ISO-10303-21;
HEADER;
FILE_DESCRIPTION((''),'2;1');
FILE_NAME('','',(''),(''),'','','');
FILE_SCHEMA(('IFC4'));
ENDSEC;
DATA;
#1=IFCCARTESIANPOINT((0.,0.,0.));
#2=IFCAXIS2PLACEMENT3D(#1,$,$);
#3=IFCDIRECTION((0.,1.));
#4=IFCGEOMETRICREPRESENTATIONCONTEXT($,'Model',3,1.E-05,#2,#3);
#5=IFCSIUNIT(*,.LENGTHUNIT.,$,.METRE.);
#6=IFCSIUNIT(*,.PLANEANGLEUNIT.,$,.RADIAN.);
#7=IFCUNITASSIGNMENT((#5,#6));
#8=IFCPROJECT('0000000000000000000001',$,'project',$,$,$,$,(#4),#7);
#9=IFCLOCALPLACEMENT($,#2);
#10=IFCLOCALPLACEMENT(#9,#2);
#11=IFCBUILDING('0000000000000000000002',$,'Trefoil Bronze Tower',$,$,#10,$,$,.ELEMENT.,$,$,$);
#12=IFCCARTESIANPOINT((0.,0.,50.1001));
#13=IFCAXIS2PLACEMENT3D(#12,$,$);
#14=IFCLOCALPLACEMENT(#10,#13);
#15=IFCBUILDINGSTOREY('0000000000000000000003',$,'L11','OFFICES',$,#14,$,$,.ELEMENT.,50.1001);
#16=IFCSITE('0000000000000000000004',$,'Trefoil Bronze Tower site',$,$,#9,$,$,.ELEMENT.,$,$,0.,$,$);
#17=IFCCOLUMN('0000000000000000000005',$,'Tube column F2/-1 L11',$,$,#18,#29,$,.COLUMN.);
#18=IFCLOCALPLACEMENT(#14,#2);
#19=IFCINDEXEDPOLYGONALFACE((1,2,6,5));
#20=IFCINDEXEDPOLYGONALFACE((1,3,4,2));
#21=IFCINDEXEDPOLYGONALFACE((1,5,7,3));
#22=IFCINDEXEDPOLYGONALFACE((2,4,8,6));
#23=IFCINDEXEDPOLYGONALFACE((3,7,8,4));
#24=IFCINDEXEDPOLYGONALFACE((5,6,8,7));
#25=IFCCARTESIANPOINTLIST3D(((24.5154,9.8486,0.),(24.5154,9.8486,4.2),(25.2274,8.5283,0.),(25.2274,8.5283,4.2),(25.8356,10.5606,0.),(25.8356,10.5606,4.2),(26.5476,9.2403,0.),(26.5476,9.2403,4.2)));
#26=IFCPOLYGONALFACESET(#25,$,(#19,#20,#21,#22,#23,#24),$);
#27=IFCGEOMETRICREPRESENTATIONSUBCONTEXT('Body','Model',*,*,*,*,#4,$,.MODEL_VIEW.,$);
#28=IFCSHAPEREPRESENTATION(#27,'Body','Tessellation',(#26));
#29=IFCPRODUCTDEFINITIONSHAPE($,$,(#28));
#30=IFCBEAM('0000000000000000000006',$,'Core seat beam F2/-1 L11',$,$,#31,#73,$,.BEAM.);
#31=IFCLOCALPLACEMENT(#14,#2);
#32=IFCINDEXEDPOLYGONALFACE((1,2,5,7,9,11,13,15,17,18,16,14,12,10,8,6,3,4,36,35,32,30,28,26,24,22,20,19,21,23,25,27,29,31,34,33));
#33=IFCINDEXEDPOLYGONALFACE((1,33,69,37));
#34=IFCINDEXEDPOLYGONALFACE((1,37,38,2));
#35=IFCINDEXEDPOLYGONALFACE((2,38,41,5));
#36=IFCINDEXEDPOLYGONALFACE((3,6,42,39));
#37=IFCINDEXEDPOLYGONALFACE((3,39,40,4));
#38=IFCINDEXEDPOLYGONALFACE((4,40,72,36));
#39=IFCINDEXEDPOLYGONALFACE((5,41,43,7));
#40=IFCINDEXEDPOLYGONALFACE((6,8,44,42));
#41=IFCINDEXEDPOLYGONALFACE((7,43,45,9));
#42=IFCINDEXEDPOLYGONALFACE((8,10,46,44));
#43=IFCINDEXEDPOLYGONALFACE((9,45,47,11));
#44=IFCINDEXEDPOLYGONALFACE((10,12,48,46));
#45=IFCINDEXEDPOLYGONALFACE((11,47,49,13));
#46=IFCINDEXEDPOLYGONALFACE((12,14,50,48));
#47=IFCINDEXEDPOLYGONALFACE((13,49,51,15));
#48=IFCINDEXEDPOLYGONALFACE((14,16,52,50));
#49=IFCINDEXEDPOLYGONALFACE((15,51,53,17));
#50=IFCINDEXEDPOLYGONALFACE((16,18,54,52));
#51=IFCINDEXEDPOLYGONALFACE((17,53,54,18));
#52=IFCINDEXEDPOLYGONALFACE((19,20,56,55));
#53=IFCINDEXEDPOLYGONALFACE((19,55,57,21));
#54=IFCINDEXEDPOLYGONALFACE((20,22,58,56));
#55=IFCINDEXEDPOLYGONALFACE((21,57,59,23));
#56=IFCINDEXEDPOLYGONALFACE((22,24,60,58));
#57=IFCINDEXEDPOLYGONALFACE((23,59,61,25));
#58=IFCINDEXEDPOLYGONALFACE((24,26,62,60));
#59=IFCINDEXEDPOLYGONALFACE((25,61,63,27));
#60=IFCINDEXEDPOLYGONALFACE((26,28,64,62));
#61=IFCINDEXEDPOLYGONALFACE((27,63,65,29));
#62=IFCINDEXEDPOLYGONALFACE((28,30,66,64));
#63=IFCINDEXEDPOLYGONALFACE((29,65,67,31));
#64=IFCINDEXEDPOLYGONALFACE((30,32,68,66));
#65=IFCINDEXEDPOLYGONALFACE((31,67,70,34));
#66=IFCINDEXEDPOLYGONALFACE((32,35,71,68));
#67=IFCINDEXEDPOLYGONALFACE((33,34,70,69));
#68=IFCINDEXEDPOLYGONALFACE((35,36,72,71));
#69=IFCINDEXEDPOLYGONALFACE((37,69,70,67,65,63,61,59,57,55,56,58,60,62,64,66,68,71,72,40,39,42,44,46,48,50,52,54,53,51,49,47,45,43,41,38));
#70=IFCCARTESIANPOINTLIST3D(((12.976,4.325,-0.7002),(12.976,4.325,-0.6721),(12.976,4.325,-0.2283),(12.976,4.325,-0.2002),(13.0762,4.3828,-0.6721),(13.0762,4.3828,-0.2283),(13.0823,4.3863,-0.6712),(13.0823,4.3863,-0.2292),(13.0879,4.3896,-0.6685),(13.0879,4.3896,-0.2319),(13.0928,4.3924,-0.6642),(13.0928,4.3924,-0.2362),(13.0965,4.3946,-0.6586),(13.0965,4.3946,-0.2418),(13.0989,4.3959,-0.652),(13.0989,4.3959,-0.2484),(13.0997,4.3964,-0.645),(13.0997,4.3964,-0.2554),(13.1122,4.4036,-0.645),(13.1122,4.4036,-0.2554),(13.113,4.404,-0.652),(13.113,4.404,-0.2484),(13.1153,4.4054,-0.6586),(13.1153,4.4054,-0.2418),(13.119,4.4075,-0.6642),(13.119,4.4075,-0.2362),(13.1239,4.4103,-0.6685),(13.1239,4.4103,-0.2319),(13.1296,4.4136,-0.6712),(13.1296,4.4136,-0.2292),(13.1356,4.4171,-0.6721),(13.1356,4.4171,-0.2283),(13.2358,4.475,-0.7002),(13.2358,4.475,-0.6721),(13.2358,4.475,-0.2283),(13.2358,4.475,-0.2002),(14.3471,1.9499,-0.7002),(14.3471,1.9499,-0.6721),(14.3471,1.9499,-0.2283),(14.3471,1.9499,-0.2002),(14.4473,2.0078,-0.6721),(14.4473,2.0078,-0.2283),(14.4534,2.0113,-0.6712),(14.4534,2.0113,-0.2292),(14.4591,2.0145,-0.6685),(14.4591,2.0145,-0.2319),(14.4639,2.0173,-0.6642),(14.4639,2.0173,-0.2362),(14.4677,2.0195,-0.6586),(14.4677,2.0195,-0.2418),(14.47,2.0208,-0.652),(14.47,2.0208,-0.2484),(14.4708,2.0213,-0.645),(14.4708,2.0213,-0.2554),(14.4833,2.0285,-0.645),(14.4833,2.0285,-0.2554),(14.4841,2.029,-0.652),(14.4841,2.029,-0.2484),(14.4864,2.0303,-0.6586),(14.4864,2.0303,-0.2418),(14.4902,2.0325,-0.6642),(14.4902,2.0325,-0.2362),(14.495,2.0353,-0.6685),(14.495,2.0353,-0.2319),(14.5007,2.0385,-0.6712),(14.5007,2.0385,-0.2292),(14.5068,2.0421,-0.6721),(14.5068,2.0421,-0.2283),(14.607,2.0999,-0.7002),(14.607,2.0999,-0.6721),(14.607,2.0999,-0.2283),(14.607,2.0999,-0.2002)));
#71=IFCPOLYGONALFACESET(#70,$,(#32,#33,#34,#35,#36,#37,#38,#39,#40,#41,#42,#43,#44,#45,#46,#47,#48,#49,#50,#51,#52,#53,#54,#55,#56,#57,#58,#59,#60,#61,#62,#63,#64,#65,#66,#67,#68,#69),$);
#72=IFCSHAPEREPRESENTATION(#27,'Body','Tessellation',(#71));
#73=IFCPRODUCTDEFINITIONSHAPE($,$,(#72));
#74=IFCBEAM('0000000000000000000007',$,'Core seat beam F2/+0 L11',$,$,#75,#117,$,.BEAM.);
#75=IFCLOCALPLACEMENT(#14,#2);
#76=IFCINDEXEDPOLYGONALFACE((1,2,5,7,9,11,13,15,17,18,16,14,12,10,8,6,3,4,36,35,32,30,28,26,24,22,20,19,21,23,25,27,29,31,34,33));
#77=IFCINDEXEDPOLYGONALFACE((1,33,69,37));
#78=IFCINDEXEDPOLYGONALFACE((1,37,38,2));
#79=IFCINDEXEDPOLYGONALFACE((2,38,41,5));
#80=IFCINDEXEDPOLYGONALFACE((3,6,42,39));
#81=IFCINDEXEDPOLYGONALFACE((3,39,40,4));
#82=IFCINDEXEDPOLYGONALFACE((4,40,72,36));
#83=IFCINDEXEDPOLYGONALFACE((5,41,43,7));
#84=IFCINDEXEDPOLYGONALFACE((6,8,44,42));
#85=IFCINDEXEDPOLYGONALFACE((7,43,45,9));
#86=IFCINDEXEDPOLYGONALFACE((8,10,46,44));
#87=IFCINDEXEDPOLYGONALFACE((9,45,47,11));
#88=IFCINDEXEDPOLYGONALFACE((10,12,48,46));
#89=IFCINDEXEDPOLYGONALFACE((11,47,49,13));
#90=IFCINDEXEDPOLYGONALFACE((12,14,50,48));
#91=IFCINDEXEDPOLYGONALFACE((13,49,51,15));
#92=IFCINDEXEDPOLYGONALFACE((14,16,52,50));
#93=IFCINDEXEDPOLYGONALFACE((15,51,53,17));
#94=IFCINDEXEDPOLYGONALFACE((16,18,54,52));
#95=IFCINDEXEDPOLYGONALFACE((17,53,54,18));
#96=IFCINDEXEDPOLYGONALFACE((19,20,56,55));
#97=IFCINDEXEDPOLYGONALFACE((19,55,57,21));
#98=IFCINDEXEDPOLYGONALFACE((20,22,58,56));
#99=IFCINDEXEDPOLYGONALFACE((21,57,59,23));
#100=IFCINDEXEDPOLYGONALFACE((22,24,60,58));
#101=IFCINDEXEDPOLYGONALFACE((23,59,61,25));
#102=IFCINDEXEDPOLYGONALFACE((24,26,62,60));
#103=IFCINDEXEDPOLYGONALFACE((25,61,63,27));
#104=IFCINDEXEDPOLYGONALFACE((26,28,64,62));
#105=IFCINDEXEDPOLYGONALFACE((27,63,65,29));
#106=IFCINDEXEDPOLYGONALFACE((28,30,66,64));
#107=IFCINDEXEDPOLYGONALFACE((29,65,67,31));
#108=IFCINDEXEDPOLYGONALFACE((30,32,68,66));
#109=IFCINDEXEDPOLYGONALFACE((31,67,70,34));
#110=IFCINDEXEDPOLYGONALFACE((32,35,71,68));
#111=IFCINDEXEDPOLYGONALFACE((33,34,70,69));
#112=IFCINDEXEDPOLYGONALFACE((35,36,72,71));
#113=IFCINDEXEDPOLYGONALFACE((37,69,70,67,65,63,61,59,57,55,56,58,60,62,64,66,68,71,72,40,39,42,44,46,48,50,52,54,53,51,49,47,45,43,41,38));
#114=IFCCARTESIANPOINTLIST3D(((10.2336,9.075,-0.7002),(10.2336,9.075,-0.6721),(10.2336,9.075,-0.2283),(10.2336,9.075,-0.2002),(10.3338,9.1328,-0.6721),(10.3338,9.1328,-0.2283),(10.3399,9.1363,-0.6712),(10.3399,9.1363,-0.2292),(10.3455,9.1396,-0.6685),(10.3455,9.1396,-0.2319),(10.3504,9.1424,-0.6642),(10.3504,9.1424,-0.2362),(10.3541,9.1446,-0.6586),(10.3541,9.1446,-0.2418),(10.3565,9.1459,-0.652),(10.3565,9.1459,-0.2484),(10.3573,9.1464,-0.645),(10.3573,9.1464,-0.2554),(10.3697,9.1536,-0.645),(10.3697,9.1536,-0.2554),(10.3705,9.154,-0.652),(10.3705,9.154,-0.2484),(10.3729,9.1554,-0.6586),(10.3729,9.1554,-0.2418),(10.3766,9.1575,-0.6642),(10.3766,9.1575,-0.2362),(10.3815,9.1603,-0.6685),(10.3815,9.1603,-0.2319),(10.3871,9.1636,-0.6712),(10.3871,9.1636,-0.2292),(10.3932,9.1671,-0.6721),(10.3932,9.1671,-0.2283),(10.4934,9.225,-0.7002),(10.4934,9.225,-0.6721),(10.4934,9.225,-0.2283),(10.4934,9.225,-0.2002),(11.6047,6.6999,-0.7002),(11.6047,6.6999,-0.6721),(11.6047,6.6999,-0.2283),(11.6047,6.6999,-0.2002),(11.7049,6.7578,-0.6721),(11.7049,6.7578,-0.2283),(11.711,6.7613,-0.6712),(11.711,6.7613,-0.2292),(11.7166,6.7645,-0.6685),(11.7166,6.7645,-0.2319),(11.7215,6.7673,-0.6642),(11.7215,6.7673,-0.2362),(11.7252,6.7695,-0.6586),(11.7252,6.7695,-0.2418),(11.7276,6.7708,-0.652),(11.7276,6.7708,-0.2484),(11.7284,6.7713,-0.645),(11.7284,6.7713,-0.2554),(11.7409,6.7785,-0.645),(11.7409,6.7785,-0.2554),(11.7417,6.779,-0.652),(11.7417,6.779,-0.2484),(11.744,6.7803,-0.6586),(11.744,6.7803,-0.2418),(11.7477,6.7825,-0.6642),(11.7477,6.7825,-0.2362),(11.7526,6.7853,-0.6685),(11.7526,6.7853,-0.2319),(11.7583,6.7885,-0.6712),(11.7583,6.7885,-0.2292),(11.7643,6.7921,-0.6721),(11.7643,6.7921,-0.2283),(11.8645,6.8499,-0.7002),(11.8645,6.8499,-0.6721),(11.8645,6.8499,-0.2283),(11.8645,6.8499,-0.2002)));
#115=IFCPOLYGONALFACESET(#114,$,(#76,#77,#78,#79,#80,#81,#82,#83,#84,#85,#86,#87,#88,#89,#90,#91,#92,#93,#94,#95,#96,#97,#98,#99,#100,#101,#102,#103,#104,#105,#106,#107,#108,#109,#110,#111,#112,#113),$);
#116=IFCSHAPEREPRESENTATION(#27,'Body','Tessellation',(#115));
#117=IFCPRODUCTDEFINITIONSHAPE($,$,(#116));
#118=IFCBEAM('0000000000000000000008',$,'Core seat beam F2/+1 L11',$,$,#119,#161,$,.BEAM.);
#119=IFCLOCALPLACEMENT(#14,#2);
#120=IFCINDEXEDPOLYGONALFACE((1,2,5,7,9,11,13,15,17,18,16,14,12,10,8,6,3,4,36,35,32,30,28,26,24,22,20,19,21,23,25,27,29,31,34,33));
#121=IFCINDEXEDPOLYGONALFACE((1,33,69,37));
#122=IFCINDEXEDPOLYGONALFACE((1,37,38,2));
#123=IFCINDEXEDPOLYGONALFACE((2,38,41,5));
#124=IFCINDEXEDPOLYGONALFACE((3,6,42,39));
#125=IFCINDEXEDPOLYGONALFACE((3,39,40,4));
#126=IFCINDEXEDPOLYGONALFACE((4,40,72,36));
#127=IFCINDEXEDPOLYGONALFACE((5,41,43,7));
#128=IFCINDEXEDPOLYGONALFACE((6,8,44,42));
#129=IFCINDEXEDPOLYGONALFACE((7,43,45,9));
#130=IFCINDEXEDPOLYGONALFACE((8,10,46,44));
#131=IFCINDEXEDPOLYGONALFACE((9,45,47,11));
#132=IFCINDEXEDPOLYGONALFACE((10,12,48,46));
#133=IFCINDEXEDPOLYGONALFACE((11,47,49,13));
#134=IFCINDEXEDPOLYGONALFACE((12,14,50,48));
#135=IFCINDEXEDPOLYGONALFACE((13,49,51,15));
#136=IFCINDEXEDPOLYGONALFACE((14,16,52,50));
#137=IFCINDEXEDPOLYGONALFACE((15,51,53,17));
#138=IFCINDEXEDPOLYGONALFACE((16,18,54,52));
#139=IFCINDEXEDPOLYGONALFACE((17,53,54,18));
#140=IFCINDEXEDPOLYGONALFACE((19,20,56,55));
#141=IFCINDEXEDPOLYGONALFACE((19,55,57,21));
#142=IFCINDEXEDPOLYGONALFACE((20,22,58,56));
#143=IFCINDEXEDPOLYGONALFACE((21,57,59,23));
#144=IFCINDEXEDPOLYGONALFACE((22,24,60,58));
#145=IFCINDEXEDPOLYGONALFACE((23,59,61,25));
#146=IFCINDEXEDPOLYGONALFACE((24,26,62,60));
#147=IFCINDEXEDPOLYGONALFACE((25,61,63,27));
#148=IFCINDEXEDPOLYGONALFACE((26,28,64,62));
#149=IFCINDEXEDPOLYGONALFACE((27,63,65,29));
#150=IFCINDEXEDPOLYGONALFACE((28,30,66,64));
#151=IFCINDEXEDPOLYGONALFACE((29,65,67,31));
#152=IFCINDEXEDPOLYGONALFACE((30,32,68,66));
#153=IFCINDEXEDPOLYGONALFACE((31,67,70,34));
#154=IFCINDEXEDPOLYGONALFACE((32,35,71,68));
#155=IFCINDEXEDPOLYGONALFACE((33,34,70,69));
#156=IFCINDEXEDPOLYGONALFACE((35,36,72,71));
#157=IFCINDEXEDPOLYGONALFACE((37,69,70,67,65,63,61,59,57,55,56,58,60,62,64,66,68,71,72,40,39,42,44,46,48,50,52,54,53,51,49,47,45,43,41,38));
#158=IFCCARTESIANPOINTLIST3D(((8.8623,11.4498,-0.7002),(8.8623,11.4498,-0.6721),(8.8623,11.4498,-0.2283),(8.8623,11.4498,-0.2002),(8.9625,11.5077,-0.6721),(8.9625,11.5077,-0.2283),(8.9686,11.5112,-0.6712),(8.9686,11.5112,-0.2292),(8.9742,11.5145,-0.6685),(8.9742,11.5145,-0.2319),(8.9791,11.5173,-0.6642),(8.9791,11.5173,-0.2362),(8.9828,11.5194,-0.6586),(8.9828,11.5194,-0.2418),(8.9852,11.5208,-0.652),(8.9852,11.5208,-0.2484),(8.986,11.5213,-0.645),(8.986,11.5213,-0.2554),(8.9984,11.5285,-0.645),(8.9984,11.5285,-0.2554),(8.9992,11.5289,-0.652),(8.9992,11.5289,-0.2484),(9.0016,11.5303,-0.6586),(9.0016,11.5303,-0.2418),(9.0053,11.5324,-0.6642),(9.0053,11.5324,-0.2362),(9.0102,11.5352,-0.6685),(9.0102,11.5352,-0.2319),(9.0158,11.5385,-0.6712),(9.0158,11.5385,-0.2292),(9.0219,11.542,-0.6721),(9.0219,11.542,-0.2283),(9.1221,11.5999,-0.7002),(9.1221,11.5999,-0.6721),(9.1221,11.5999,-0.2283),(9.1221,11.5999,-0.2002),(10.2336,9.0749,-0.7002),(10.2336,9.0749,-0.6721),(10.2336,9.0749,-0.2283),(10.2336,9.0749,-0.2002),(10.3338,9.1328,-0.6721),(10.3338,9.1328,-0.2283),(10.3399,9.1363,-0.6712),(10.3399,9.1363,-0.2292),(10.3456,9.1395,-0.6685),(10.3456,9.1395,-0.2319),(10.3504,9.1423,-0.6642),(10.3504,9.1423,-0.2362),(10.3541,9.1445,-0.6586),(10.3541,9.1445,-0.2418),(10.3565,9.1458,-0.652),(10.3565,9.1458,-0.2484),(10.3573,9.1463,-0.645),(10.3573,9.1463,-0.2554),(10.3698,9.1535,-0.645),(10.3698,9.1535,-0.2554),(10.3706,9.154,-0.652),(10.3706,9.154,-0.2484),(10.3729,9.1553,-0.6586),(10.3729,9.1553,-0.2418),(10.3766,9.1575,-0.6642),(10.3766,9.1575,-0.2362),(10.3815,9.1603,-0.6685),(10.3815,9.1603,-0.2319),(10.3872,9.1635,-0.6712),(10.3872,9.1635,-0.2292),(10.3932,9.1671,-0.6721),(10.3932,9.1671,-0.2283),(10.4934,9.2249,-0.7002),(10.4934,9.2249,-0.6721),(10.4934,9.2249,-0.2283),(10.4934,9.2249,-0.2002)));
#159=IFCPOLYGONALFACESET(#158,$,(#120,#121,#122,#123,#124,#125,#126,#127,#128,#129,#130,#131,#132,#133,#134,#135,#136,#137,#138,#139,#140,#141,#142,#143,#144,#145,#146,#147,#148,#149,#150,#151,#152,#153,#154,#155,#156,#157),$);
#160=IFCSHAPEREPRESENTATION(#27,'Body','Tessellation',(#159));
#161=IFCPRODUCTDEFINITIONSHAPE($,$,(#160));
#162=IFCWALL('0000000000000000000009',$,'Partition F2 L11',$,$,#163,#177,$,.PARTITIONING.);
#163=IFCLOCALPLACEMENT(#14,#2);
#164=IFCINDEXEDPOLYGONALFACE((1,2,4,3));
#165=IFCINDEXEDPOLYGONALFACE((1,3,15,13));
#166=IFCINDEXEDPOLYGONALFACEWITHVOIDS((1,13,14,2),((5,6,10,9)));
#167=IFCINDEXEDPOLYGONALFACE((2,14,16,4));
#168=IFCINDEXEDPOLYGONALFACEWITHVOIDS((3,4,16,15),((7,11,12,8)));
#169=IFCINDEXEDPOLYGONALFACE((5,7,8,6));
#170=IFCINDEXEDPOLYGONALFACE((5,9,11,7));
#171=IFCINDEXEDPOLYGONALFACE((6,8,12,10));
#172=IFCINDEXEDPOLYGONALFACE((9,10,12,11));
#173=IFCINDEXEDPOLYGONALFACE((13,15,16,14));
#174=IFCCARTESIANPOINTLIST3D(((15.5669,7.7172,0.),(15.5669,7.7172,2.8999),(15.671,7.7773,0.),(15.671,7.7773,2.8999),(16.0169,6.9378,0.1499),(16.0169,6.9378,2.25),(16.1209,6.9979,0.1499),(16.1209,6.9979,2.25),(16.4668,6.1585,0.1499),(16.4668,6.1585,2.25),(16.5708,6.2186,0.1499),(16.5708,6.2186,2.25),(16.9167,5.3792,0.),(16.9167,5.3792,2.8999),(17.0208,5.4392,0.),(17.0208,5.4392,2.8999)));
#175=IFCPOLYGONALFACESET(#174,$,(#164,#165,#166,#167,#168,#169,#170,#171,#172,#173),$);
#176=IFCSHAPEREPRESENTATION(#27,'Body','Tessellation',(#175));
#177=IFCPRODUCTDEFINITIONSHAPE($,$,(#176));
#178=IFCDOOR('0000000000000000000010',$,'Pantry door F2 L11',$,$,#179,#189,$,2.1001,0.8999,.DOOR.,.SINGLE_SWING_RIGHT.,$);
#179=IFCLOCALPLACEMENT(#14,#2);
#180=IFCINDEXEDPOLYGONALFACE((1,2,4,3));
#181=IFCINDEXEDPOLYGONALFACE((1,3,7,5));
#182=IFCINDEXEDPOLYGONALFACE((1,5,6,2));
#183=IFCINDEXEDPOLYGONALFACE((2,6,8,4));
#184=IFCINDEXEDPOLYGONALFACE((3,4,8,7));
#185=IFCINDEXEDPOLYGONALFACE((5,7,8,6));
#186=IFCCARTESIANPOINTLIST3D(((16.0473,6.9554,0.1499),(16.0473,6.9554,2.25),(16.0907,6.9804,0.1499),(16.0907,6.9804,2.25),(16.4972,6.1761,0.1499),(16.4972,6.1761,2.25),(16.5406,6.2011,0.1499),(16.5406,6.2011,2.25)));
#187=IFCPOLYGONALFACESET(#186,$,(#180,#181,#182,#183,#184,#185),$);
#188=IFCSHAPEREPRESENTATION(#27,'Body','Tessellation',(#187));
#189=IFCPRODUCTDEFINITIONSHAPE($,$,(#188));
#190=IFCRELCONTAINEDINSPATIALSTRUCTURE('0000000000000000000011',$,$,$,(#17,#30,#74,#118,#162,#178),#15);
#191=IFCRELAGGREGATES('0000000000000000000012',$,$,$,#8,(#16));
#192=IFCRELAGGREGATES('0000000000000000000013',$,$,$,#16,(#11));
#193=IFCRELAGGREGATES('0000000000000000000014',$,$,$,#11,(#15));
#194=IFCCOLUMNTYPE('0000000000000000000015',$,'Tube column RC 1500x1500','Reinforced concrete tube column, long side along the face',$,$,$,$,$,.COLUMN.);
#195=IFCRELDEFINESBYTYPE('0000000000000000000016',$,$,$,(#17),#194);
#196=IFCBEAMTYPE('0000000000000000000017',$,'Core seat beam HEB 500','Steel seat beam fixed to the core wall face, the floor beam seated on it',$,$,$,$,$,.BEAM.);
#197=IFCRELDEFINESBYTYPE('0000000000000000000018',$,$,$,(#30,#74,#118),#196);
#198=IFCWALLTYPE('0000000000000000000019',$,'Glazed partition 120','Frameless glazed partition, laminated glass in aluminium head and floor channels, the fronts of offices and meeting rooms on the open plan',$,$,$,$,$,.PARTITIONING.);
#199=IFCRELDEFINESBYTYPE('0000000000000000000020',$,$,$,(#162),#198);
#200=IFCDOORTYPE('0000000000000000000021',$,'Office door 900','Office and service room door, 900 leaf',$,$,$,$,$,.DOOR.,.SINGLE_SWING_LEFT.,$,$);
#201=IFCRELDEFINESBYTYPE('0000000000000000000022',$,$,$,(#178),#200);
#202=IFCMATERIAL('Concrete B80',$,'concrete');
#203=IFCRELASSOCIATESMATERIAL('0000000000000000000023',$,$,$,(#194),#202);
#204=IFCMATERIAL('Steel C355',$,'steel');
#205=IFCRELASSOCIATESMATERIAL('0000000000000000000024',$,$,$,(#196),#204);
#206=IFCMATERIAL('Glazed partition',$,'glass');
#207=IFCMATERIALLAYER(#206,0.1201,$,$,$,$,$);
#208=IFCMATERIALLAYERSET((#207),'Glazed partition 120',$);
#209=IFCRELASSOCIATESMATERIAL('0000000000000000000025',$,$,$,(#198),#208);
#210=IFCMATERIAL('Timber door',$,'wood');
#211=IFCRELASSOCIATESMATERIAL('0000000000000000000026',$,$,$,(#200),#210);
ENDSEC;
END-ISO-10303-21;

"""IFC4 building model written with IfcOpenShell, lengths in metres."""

from ifc_helpers import new_model, si_unit, direction, frame, frame_2d, origin, origin_2d, place, context, subcontext, project, spatial, rectangle, i_section, extrude, material, layer, layer_set, material_profile, profile_set, type_object, element, fill, save


model = new_model("IFC4")

# Units and contexts
model_context = context("Model", 3, precision=1e-05, world=origin(), true_north=direction((0.0, 1.0)))
body_context = subcontext(model_context, "Body", "Model", "MODEL_VIEW")
ifc_project = project(units=[si_unit("LENGTHUNIT", "METRE"), si_unit("PLANEANGLEUNIT", "RADIAN")], contexts=[model_context])

# Site, building, storey
site_placement = place(None, origin())
site = spatial("IfcSite", under=ifc_project, at=site_placement, Name="Trefoil Bronze Tower site", CompositionType="ELEMENT", RefElevation=0.0)
building_placement = place(site_placement, origin())
building = spatial("IfcBuilding", under=site, at=building_placement, Name="Trefoil Bronze Tower", CompositionType="ELEMENT")
storey_placement = place(building_placement, frame((0.0, 0.0, 50.1001)))
storey = spatial("IfcBuildingStorey", under=building, at=storey_placement, Name="L11", Description="OFFICES", CompositionType="ELEMENT", Elevation=50.1001)

# Column
ifc_material_1 = material(Name="Concrete B80", Category="concrete")
ifc_material_profile_1 = material_profile(ifc_material_1, rectangle(XDim=1.5, YDim=1.5, at=origin_2d()), Name="RC 1500x1500")
ifc_profile_set_1 = profile_set([ifc_material_profile_1], Name="Concrete B80")
column_type = type_object("IfcColumnType", Name="Tube column RC 1500x1500", Description="Reinforced concrete tube column, long side along the face", PredefinedType="COLUMN", material=ifc_profile_set_1)
column_placement = place(storey_placement, frame((25.5315, 9.5444, 0.0), z_axis=(0.0, 0.0, 1.0), x_axis=(-0.474656, 0.880171, 0.0)))
element("IfcColumn", 1, at=column_placement, inside=storey, type_object=column_type, Name="Tube column F2/-1 L11", PredefinedType="COLUMN", context=body_context, shape_type="SweptSolid", body=[
    extrude(rectangle(XDim=1.5, YDim=1.5, at=origin_2d()), origin(), (0.0, 0.0, 1.0), 4.2),
])

# Beams
ifc_material_2 = material(Name="Steel C355", Category="steel")
ifc_material_profile_2 = material_profile(ifc_material_2, i_section(OverallWidth=0.3, OverallDepth=0.5, WebThickness=0.0144, FlangeThickness=0.0281, FilletRadius=0.0271, at=origin_2d()), Name="HEB 500")
ifc_profile_set_2 = profile_set([ifc_material_profile_2], Name="Steel C355")
beam_type = type_object("IfcBeamType", Name="Core seat beam HEB 500", Description="Steel seat beam fixed to the core wall face, the floor beam seated on it", PredefinedType="BEAM", material=ifc_profile_set_2)
for number, where, z_axis, x_axis, name in (
    (2, (14.4771, 2.0249, -0.4502), (-0.499969, 0.866043, 0.0), (-0.866043, -0.499969, 0.0), "Core seat beam F2/-1 L11"),
    (3, (11.7346, 6.7749, -0.4502), (-0.499969, 0.866043, 0.0), (-0.866043, -0.499969, 0.0), "Core seat beam F2/+0 L11"),
    (4, (10.3635, 9.1499, -0.4502), (-0.500036, 0.866005, 0.0), (-0.866005, -0.500036, 0.0), "Core seat beam F2/+1 L11"),
):
    element("IfcBeam", number, at=place(storey_placement, frame(where, z_axis=z_axis, x_axis=x_axis)), inside=storey, type_object=beam_type, Name=name, PredefinedType="BEAM", context=body_context, shape_type="SweptSolid", body=[
        extrude(i_section(OverallWidth=0.3, OverallDepth=0.5, WebThickness=0.0144, FlangeThickness=0.0281, FilletRadius=0.0271, at=origin_2d()), origin(), (0.0, 0.0, 1.0), 2.7424),
    ])

# Wall, opening, door
ifc_material_3 = material(Name="Glazed partition", Category="glass")
ifc_layer_1 = layer(ifc_material_3, 0.1201)
ifc_layer_set_1 = layer_set([ifc_layer_1], Name="Glazed partition 120")
wall_type_1 = type_object("IfcWallType", Name="Glazed partition 120", Description="Frameless glazed partition, laminated glass in aluminium head and floor channels, the fronts of offices and meeting rooms on the open plan", PredefinedType="PARTITIONING", material=ifc_layer_set_1)
wall_1_placement = place(storey_placement, frame((16.9688, 5.4092, 0.0), z_axis=(0.0, 0.0, 1.0), x_axis=(-0.499981, 0.866037, 0.0)))
wall_1 = element("IfcWall", 5, at=wall_1_placement, inside=storey, type_object=wall_type_1, Name="Partition F2 L11", PredefinedType="PARTITIONING", context=body_context, shape_type="SweptSolid", body=[
    extrude(rectangle(XDim=2.6997, YDim=0.1201, at=frame_2d((1.3499, 0.0))), origin(), (0.0, 0.0, 1.0), 2.8999),
])
opening_1_placement = place(wall_1_placement, frame((0.8999, 0.0, 0.1499)))
opening_1 = element("IfcOpeningElement", 6, at=opening_1_placement, cuts=wall_1, PredefinedType="OPENING", context=body_context, shape_type="SweptSolid", body=[
    extrude(rectangle(XDim=0.8999, YDim=2.1001, at=frame_2d((0.45, 1.05))), frame((0.0, 0.0701, 0.0), z_axis=(0.0, -1.0, 0.0), x_axis=(1.0, 0.0, 0.0)), (0.0, 0.0, 1.0), 0.1401),
])
ifc_material_4 = material(Name="Timber door", Category="wood")
door_type = type_object("IfcDoorType", Name="Office door 900", Description="Office and service room door, 900 leaf", OperationType="SINGLE_SWING_LEFT", PredefinedType="DOOR", material=ifc_material_4)
door_1_placement = place(opening_1_placement, origin())
door_1 = element("IfcDoor", 7, at=door_1_placement, inside=storey, type_object=door_type, Name="Pantry door F2 L11", OperationType="SINGLE_SWING_RIGHT", OverallHeight=2.1001, OverallWidth=0.8999, PredefinedType="DOOR", context=body_context, shape_type="SweptSolid", body=[
    extrude(rectangle(XDim=0.8999, YDim=2.1001, at=frame_2d((0.45, 1.05))), frame((0.0, 0.0249, 0.0), z_axis=(0.0, -1.0, 0.0), x_axis=(1.0, 0.0, 0.0)), (0.0, 0.0, 1.0), 0.05),
])
fill(opening_1, door_1)

save(model, "model.ifc")
